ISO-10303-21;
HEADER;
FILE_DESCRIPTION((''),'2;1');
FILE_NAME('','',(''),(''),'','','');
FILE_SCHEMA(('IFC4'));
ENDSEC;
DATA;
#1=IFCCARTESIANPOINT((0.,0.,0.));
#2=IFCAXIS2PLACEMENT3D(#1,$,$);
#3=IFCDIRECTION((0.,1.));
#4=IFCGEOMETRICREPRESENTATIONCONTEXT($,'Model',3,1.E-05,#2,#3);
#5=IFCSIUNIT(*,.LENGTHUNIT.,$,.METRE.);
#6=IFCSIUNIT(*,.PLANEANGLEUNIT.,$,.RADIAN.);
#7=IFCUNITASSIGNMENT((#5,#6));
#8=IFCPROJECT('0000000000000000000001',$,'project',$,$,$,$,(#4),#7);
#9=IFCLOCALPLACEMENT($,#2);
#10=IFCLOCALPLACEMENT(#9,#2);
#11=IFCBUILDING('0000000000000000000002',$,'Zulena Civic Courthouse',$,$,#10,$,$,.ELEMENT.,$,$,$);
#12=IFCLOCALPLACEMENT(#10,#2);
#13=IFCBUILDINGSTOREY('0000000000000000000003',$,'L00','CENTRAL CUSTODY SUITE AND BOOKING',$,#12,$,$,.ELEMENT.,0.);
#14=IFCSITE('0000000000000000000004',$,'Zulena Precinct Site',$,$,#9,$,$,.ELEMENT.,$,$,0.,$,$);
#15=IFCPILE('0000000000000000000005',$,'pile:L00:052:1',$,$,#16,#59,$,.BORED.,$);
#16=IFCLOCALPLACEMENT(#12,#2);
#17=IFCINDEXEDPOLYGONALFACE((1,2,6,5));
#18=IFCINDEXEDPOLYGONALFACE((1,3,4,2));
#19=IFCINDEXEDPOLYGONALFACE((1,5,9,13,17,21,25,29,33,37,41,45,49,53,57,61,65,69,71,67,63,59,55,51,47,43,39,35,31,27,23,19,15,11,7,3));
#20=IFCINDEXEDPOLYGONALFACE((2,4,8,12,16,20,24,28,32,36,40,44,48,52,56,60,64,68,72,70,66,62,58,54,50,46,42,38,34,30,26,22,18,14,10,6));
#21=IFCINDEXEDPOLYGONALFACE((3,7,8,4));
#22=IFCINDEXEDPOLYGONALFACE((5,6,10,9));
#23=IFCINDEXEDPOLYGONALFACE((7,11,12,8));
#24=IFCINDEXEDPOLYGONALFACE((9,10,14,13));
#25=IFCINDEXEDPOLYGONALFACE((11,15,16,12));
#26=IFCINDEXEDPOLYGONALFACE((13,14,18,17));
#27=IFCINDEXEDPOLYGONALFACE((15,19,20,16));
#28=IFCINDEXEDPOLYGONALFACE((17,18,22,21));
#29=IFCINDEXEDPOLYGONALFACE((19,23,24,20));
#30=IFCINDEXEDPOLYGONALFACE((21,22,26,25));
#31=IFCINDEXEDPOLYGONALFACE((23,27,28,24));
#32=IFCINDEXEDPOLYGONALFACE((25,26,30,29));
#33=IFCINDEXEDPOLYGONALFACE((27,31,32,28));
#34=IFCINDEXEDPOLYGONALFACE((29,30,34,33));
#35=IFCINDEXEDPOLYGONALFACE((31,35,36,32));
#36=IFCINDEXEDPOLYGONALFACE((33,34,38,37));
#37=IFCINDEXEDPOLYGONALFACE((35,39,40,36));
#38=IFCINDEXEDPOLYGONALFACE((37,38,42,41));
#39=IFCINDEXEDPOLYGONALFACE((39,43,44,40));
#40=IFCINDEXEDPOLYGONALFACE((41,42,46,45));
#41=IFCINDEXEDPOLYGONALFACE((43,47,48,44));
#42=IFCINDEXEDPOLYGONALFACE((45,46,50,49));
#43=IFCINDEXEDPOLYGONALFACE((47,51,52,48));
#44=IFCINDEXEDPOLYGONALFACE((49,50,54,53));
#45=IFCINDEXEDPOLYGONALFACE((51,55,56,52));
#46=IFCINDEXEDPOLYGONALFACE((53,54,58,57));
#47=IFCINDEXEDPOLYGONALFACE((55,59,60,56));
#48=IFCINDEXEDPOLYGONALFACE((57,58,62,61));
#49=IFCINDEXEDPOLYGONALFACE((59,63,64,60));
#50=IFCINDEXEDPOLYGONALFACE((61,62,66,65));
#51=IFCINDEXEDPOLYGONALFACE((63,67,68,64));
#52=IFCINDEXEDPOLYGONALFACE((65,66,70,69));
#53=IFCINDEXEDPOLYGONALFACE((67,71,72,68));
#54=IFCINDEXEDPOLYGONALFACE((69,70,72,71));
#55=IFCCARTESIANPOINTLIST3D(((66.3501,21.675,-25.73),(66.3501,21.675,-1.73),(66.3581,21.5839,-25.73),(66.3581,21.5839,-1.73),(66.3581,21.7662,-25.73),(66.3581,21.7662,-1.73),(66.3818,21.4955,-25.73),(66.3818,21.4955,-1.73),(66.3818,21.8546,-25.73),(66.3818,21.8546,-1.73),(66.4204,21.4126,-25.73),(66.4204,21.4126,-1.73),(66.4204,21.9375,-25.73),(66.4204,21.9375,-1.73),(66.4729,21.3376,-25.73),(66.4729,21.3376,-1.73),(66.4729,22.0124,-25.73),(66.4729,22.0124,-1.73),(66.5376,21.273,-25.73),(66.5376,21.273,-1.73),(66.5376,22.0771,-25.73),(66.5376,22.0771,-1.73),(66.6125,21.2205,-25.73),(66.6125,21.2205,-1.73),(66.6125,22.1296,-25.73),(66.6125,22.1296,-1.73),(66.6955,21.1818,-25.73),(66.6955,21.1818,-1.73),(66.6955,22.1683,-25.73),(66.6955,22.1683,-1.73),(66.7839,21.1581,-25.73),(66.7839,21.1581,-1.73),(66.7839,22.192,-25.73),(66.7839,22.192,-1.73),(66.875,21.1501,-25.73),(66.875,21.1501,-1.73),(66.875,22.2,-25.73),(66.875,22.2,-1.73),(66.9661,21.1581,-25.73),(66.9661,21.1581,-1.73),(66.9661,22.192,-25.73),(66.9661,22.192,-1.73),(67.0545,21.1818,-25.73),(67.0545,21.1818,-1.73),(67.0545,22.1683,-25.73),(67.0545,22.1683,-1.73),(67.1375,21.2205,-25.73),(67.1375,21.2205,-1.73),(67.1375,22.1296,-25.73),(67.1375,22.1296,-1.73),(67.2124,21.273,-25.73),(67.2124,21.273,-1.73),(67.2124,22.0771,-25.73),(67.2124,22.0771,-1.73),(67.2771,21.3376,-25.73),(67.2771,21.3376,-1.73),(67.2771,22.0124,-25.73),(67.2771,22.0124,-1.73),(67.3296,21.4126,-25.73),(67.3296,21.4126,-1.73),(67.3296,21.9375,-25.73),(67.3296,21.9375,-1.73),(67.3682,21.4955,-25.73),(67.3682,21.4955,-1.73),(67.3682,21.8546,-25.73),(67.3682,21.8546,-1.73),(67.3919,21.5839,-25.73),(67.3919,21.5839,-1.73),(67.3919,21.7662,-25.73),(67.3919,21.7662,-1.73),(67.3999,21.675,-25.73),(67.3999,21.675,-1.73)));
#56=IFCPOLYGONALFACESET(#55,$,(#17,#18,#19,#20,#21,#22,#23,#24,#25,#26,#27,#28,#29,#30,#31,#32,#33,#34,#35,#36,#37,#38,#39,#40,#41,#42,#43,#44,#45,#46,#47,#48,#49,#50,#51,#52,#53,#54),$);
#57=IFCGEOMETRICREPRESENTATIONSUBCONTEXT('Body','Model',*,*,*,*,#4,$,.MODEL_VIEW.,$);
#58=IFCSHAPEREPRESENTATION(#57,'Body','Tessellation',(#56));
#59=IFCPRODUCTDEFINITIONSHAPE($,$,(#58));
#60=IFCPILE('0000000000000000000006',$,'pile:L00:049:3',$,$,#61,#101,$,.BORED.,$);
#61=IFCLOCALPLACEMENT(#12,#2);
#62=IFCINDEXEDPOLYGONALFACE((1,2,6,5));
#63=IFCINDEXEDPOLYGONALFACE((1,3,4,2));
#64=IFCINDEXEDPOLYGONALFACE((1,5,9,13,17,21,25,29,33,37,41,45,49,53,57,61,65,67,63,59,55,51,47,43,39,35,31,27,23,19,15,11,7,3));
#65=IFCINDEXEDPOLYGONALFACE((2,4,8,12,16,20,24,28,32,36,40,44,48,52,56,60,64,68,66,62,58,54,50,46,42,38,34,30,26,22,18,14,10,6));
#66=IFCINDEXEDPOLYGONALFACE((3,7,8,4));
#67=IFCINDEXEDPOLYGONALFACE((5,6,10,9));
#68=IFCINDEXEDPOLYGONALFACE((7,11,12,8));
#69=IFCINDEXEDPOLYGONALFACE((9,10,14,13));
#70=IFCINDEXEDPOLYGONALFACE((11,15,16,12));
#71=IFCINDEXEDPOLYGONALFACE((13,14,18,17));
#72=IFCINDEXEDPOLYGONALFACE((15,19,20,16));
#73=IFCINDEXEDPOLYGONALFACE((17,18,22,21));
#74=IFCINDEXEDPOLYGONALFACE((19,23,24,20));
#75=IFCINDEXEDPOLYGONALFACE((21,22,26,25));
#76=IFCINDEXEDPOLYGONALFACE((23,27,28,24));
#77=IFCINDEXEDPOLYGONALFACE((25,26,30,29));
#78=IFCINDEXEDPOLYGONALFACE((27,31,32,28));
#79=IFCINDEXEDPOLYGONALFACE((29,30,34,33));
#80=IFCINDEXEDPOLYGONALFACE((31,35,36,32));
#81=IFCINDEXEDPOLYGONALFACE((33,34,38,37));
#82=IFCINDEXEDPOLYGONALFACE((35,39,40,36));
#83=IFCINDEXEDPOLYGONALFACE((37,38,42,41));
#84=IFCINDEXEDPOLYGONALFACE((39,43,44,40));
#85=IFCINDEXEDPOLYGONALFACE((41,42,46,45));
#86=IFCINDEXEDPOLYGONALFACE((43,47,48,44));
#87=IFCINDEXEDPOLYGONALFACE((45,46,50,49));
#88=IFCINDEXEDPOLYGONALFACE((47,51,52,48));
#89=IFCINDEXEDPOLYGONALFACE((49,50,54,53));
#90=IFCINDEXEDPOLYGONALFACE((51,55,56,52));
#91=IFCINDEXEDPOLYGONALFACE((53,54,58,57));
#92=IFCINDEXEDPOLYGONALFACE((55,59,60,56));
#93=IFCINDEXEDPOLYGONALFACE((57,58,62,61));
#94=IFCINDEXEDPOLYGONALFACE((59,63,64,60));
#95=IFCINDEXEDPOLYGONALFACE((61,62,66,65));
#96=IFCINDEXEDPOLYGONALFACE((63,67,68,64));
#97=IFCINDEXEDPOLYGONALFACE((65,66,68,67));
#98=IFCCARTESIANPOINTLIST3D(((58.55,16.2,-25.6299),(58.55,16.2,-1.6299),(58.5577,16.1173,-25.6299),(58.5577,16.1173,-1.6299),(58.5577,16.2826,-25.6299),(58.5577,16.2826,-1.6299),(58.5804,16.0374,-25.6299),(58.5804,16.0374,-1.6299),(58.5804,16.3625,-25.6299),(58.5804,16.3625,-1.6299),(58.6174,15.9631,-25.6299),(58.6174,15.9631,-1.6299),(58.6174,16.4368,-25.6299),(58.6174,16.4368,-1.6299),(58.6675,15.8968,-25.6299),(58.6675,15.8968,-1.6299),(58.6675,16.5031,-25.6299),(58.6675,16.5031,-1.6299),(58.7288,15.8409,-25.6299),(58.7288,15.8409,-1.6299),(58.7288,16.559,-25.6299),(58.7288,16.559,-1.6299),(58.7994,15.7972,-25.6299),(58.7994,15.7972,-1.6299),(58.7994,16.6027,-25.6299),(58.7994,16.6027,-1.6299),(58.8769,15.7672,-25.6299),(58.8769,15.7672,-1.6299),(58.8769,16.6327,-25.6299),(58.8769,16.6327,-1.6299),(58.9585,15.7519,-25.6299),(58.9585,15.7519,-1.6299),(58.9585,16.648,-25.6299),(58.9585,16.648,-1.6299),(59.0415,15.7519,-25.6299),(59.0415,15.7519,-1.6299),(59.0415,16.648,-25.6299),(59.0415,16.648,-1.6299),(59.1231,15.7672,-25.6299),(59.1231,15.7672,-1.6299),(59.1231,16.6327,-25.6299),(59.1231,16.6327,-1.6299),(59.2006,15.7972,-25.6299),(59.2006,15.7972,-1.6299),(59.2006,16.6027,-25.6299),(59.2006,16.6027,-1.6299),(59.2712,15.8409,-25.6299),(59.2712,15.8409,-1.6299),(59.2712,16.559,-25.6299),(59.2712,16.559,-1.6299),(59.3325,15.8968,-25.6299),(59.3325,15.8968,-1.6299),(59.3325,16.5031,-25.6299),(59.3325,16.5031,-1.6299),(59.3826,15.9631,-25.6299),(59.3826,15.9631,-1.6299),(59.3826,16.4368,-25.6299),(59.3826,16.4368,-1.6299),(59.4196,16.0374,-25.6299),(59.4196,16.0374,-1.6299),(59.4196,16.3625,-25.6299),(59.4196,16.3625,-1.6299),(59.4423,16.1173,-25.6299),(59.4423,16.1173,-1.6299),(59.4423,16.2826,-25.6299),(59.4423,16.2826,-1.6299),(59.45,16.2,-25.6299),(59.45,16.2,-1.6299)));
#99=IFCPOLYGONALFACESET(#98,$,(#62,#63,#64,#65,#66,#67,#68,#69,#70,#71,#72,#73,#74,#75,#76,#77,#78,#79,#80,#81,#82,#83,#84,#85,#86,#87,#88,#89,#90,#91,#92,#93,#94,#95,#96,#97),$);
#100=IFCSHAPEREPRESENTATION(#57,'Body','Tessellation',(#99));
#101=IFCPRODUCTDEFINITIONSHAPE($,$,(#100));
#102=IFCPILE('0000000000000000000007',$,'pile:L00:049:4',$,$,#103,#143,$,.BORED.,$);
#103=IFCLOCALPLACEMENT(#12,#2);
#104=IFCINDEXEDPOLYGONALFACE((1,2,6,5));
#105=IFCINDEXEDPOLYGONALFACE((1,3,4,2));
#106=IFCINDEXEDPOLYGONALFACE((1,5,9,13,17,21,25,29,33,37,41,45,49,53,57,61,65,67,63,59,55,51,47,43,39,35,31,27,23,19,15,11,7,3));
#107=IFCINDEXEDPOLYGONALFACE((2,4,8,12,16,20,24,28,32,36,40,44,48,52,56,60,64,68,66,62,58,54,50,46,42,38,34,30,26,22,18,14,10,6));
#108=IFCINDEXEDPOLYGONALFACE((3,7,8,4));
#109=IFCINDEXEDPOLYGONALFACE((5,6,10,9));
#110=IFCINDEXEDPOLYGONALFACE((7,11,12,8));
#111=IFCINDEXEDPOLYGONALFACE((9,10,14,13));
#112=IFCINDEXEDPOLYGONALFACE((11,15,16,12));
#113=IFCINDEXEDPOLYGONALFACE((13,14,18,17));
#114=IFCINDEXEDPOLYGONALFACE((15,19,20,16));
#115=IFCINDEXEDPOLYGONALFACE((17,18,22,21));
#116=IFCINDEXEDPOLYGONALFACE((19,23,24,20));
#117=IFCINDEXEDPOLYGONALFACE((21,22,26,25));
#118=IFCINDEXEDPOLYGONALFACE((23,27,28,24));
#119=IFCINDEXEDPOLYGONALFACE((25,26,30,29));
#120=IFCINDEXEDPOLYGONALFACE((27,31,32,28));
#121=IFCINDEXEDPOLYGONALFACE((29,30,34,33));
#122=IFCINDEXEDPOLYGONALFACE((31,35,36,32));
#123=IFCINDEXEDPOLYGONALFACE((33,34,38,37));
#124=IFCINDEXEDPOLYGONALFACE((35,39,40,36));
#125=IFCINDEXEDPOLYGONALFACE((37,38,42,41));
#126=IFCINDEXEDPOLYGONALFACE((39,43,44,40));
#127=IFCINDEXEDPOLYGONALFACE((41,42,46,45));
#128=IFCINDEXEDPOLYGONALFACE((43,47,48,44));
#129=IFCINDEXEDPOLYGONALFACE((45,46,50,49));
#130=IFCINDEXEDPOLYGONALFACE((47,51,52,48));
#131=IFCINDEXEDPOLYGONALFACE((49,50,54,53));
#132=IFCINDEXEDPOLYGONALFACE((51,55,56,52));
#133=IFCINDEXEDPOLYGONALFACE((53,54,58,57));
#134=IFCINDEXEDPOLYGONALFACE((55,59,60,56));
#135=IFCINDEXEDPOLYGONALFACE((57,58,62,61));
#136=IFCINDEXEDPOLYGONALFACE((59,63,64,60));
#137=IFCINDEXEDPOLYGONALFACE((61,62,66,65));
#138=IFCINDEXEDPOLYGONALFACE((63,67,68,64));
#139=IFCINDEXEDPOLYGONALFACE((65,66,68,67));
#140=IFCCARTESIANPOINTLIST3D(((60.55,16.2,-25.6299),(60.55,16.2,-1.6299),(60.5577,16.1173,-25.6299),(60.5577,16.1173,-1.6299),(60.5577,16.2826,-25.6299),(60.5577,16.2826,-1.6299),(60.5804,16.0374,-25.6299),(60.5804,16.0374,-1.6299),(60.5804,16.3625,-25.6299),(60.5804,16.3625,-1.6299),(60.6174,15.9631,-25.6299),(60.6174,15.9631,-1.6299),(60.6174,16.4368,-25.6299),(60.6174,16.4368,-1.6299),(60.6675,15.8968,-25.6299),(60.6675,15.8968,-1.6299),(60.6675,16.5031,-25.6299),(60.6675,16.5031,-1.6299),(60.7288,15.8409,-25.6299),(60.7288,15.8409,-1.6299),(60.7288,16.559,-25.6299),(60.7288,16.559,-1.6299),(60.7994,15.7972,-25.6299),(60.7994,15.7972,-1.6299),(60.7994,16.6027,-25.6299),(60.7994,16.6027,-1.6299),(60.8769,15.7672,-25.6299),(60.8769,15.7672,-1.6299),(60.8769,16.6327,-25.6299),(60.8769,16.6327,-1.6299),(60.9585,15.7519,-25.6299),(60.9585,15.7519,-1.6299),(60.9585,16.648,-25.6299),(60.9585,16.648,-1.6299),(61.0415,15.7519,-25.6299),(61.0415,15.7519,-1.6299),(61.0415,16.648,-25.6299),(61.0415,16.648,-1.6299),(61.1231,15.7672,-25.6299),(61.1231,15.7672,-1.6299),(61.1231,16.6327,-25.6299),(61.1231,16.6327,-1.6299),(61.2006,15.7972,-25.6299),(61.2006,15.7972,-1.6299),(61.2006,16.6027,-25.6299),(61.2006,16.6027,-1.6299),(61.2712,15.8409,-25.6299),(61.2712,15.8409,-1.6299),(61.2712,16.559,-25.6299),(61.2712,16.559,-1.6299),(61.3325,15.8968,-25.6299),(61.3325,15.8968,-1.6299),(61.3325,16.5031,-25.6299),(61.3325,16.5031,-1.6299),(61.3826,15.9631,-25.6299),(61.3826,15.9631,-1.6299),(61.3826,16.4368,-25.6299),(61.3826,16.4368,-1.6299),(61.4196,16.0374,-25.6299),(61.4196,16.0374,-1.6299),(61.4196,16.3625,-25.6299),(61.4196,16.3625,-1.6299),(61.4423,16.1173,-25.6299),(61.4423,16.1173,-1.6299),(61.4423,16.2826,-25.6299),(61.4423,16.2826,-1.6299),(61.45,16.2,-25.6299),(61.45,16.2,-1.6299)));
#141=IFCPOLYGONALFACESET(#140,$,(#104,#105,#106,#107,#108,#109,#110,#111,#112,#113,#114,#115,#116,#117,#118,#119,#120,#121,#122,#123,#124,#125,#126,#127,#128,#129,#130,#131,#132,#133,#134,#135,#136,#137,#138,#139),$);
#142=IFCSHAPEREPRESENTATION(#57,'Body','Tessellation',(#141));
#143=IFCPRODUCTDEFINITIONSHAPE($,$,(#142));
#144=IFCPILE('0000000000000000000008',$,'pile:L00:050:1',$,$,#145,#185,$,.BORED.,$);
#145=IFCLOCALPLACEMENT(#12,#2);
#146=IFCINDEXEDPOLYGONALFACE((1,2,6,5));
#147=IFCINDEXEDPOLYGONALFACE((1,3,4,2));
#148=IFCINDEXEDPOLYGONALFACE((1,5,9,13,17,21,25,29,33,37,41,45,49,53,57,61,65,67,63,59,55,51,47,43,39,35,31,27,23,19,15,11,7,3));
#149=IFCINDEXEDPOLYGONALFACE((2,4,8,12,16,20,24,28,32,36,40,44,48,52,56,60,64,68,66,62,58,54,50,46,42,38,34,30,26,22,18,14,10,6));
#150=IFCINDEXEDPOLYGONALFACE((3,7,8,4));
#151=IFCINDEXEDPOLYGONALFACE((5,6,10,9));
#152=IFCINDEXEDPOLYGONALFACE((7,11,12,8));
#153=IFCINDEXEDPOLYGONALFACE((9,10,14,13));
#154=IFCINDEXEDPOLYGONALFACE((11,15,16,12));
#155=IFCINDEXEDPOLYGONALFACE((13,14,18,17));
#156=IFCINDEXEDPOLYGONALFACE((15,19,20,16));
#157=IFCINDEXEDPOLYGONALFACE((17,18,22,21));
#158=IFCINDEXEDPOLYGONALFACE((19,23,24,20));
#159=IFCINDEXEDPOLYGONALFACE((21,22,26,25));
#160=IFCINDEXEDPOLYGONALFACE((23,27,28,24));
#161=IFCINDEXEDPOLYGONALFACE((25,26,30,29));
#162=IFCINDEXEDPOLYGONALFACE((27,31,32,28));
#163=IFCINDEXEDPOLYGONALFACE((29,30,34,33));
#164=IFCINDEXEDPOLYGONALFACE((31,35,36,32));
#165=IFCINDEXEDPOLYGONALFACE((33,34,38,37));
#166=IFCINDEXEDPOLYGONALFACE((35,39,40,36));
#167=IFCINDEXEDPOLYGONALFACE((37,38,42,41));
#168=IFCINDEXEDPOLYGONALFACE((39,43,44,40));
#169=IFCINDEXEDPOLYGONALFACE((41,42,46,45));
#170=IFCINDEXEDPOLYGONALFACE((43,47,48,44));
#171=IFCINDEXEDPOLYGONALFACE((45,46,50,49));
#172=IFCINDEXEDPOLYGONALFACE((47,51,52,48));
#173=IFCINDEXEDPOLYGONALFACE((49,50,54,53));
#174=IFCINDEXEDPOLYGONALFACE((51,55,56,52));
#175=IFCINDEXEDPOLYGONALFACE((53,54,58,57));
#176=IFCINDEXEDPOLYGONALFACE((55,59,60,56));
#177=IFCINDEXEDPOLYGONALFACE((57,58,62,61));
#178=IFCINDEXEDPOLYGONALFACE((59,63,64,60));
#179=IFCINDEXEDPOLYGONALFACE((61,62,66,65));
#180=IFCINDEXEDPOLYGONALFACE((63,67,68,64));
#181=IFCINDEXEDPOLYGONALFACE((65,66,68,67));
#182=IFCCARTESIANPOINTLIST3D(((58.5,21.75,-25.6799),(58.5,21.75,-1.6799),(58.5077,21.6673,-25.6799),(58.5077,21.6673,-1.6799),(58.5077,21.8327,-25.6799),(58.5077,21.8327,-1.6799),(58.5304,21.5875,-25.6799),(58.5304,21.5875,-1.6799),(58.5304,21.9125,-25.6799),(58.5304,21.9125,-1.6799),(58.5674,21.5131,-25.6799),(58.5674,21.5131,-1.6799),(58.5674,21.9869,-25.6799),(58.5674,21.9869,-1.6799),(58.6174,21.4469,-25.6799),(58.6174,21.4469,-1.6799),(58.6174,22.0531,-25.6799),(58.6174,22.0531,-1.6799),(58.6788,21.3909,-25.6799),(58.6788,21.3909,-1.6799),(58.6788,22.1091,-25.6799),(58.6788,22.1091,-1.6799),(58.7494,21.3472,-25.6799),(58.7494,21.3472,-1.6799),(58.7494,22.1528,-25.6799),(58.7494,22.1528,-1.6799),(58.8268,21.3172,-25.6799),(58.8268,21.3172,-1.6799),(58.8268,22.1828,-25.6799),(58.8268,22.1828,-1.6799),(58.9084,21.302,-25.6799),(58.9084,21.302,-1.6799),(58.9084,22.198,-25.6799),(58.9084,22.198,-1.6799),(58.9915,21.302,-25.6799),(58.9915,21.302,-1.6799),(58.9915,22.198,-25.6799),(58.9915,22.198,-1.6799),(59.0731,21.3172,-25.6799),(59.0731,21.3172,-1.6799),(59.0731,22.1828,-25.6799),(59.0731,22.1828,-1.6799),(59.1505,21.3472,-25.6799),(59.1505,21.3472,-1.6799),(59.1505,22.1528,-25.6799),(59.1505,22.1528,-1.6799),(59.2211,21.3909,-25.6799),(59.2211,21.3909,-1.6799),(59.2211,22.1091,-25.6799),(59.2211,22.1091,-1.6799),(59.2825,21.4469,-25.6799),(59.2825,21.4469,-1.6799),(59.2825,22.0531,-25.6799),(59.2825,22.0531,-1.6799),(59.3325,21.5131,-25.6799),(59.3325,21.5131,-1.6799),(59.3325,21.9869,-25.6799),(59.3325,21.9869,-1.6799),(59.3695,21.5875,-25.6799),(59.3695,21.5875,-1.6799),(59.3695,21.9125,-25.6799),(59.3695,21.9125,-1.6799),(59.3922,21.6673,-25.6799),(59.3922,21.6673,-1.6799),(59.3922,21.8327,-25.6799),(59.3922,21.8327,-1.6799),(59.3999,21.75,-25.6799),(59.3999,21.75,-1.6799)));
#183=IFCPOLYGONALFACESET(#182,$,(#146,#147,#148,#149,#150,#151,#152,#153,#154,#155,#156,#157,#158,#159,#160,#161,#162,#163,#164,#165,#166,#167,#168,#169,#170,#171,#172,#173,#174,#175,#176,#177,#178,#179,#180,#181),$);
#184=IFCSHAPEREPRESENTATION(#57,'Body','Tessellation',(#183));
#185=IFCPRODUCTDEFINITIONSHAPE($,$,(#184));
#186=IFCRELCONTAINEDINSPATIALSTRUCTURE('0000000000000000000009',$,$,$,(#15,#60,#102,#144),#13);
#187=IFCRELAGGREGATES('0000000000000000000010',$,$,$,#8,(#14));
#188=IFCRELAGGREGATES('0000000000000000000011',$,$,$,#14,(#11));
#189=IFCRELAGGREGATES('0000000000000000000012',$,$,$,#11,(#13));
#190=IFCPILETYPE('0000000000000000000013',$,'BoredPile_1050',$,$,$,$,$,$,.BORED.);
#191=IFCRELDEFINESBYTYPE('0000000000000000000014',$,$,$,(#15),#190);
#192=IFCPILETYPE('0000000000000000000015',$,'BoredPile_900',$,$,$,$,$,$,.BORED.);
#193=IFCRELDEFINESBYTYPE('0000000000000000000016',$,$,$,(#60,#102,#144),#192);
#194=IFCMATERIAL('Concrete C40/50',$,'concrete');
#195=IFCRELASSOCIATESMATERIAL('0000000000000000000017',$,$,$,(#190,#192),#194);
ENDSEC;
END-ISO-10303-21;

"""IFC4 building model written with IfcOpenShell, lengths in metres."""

from ifc_helpers import new_model, si_unit, direction, frame, origin, origin_2d, place, context, subcontext, project, spatial, circle, extrude, material, material_profile, profile_set, type_object, element, save


model = new_model("IFC4")

# Units and contexts
model_context = context("Model", 3, precision=1e-05, world=origin(), true_north=direction((0.0, 1.0)))
body_context = subcontext(model_context, "Body", "Model", "MODEL_VIEW")
ifc_project = project(units=[si_unit("LENGTHUNIT", "METRE"), si_unit("PLANEANGLEUNIT", "RADIAN")], contexts=[model_context])

# Site, building, storey
site_placement = place(None, origin())
site = spatial("IfcSite", under=ifc_project, at=site_placement, Name="Zulena Precinct Site", CompositionType="ELEMENT", RefElevation=0.0)
building_placement = place(site_placement, origin())
building = spatial("IfcBuilding", under=site, at=building_placement, Name="Zulena Civic Courthouse", CompositionType="ELEMENT")
storey_placement = place(building_placement, origin())
storey = spatial("IfcBuildingStorey", under=building, at=storey_placement, Name="L00", Description="CENTRAL CUSTODY SUITE AND BOOKING", CompositionType="ELEMENT", Elevation=0.0)

# Piles
ifc_material_1 = material(Name="Concrete C40/50", Category="concrete")
ifc_material_profile_1 = material_profile(ifc_material_1, circle(Radius=0.5249, at=origin_2d()), Name="PILE1050")
ifc_profile_set_1 = profile_set([ifc_material_profile_1], Name="Concrete C40/50")
pile_type_1 = type_object("IfcPileType", Name="BoredPile_1050", PredefinedType="BORED", material=ifc_profile_set_1)
pile_placement = place(storey_placement, frame((66.875, 21.675, -1.73), z_axis=(0.0, 0.0, -1.0), x_axis=(1.0, 0.0, 0.0)))
element("IfcPile", 1, at=pile_placement, inside=storey, type_object=pile_type_1, Name="pile:L00:052:1", PredefinedType="BORED", context=body_context, shape_type="SweptSolid", body=[
    extrude(circle(Radius=0.5249, at=origin_2d()), origin(), (0.0, 0.0, 1.0), 24.0),
])
ifc_material_profile_2 = material_profile(ifc_material_1, circle(Radius=0.45, at=origin_2d()), Name="PILE900")
ifc_profile_set_2 = profile_set([ifc_material_profile_2], Name="Concrete C40/50")
pile_type_2 = type_object("IfcPileType", Name="BoredPile_900", PredefinedType="BORED", material=ifc_profile_set_2)
for number, where, z_axis, x_axis, name in (
    (2, (59.0, 16.2, -1.6299), (0.0, 0.0, -1.0), (1.0, 0.0, 0.0), "pile:L00:049:3"),
    (3, (61.0, 16.2, -1.6299), (0.0, 0.0, -1.0), (1.0, 0.0, 0.0), "pile:L00:049:4"),
    (4, (58.95, 21.75, -1.6799), (0.0, 0.0, -1.0), (1.0, 0.0, 0.0), "pile:L00:050:1"),
):
    element("IfcPile", number, at=place(storey_placement, frame(where, z_axis=z_axis, x_axis=x_axis)), inside=storey, type_object=pile_type_2, Name=name, PredefinedType="BORED", context=body_context, shape_type="SweptSolid", body=[
        extrude(circle(Radius=0.45, at=origin_2d()), origin(), (0.0, 0.0, 1.0), 24.0),
    ])

save(model, "model.ifc")
